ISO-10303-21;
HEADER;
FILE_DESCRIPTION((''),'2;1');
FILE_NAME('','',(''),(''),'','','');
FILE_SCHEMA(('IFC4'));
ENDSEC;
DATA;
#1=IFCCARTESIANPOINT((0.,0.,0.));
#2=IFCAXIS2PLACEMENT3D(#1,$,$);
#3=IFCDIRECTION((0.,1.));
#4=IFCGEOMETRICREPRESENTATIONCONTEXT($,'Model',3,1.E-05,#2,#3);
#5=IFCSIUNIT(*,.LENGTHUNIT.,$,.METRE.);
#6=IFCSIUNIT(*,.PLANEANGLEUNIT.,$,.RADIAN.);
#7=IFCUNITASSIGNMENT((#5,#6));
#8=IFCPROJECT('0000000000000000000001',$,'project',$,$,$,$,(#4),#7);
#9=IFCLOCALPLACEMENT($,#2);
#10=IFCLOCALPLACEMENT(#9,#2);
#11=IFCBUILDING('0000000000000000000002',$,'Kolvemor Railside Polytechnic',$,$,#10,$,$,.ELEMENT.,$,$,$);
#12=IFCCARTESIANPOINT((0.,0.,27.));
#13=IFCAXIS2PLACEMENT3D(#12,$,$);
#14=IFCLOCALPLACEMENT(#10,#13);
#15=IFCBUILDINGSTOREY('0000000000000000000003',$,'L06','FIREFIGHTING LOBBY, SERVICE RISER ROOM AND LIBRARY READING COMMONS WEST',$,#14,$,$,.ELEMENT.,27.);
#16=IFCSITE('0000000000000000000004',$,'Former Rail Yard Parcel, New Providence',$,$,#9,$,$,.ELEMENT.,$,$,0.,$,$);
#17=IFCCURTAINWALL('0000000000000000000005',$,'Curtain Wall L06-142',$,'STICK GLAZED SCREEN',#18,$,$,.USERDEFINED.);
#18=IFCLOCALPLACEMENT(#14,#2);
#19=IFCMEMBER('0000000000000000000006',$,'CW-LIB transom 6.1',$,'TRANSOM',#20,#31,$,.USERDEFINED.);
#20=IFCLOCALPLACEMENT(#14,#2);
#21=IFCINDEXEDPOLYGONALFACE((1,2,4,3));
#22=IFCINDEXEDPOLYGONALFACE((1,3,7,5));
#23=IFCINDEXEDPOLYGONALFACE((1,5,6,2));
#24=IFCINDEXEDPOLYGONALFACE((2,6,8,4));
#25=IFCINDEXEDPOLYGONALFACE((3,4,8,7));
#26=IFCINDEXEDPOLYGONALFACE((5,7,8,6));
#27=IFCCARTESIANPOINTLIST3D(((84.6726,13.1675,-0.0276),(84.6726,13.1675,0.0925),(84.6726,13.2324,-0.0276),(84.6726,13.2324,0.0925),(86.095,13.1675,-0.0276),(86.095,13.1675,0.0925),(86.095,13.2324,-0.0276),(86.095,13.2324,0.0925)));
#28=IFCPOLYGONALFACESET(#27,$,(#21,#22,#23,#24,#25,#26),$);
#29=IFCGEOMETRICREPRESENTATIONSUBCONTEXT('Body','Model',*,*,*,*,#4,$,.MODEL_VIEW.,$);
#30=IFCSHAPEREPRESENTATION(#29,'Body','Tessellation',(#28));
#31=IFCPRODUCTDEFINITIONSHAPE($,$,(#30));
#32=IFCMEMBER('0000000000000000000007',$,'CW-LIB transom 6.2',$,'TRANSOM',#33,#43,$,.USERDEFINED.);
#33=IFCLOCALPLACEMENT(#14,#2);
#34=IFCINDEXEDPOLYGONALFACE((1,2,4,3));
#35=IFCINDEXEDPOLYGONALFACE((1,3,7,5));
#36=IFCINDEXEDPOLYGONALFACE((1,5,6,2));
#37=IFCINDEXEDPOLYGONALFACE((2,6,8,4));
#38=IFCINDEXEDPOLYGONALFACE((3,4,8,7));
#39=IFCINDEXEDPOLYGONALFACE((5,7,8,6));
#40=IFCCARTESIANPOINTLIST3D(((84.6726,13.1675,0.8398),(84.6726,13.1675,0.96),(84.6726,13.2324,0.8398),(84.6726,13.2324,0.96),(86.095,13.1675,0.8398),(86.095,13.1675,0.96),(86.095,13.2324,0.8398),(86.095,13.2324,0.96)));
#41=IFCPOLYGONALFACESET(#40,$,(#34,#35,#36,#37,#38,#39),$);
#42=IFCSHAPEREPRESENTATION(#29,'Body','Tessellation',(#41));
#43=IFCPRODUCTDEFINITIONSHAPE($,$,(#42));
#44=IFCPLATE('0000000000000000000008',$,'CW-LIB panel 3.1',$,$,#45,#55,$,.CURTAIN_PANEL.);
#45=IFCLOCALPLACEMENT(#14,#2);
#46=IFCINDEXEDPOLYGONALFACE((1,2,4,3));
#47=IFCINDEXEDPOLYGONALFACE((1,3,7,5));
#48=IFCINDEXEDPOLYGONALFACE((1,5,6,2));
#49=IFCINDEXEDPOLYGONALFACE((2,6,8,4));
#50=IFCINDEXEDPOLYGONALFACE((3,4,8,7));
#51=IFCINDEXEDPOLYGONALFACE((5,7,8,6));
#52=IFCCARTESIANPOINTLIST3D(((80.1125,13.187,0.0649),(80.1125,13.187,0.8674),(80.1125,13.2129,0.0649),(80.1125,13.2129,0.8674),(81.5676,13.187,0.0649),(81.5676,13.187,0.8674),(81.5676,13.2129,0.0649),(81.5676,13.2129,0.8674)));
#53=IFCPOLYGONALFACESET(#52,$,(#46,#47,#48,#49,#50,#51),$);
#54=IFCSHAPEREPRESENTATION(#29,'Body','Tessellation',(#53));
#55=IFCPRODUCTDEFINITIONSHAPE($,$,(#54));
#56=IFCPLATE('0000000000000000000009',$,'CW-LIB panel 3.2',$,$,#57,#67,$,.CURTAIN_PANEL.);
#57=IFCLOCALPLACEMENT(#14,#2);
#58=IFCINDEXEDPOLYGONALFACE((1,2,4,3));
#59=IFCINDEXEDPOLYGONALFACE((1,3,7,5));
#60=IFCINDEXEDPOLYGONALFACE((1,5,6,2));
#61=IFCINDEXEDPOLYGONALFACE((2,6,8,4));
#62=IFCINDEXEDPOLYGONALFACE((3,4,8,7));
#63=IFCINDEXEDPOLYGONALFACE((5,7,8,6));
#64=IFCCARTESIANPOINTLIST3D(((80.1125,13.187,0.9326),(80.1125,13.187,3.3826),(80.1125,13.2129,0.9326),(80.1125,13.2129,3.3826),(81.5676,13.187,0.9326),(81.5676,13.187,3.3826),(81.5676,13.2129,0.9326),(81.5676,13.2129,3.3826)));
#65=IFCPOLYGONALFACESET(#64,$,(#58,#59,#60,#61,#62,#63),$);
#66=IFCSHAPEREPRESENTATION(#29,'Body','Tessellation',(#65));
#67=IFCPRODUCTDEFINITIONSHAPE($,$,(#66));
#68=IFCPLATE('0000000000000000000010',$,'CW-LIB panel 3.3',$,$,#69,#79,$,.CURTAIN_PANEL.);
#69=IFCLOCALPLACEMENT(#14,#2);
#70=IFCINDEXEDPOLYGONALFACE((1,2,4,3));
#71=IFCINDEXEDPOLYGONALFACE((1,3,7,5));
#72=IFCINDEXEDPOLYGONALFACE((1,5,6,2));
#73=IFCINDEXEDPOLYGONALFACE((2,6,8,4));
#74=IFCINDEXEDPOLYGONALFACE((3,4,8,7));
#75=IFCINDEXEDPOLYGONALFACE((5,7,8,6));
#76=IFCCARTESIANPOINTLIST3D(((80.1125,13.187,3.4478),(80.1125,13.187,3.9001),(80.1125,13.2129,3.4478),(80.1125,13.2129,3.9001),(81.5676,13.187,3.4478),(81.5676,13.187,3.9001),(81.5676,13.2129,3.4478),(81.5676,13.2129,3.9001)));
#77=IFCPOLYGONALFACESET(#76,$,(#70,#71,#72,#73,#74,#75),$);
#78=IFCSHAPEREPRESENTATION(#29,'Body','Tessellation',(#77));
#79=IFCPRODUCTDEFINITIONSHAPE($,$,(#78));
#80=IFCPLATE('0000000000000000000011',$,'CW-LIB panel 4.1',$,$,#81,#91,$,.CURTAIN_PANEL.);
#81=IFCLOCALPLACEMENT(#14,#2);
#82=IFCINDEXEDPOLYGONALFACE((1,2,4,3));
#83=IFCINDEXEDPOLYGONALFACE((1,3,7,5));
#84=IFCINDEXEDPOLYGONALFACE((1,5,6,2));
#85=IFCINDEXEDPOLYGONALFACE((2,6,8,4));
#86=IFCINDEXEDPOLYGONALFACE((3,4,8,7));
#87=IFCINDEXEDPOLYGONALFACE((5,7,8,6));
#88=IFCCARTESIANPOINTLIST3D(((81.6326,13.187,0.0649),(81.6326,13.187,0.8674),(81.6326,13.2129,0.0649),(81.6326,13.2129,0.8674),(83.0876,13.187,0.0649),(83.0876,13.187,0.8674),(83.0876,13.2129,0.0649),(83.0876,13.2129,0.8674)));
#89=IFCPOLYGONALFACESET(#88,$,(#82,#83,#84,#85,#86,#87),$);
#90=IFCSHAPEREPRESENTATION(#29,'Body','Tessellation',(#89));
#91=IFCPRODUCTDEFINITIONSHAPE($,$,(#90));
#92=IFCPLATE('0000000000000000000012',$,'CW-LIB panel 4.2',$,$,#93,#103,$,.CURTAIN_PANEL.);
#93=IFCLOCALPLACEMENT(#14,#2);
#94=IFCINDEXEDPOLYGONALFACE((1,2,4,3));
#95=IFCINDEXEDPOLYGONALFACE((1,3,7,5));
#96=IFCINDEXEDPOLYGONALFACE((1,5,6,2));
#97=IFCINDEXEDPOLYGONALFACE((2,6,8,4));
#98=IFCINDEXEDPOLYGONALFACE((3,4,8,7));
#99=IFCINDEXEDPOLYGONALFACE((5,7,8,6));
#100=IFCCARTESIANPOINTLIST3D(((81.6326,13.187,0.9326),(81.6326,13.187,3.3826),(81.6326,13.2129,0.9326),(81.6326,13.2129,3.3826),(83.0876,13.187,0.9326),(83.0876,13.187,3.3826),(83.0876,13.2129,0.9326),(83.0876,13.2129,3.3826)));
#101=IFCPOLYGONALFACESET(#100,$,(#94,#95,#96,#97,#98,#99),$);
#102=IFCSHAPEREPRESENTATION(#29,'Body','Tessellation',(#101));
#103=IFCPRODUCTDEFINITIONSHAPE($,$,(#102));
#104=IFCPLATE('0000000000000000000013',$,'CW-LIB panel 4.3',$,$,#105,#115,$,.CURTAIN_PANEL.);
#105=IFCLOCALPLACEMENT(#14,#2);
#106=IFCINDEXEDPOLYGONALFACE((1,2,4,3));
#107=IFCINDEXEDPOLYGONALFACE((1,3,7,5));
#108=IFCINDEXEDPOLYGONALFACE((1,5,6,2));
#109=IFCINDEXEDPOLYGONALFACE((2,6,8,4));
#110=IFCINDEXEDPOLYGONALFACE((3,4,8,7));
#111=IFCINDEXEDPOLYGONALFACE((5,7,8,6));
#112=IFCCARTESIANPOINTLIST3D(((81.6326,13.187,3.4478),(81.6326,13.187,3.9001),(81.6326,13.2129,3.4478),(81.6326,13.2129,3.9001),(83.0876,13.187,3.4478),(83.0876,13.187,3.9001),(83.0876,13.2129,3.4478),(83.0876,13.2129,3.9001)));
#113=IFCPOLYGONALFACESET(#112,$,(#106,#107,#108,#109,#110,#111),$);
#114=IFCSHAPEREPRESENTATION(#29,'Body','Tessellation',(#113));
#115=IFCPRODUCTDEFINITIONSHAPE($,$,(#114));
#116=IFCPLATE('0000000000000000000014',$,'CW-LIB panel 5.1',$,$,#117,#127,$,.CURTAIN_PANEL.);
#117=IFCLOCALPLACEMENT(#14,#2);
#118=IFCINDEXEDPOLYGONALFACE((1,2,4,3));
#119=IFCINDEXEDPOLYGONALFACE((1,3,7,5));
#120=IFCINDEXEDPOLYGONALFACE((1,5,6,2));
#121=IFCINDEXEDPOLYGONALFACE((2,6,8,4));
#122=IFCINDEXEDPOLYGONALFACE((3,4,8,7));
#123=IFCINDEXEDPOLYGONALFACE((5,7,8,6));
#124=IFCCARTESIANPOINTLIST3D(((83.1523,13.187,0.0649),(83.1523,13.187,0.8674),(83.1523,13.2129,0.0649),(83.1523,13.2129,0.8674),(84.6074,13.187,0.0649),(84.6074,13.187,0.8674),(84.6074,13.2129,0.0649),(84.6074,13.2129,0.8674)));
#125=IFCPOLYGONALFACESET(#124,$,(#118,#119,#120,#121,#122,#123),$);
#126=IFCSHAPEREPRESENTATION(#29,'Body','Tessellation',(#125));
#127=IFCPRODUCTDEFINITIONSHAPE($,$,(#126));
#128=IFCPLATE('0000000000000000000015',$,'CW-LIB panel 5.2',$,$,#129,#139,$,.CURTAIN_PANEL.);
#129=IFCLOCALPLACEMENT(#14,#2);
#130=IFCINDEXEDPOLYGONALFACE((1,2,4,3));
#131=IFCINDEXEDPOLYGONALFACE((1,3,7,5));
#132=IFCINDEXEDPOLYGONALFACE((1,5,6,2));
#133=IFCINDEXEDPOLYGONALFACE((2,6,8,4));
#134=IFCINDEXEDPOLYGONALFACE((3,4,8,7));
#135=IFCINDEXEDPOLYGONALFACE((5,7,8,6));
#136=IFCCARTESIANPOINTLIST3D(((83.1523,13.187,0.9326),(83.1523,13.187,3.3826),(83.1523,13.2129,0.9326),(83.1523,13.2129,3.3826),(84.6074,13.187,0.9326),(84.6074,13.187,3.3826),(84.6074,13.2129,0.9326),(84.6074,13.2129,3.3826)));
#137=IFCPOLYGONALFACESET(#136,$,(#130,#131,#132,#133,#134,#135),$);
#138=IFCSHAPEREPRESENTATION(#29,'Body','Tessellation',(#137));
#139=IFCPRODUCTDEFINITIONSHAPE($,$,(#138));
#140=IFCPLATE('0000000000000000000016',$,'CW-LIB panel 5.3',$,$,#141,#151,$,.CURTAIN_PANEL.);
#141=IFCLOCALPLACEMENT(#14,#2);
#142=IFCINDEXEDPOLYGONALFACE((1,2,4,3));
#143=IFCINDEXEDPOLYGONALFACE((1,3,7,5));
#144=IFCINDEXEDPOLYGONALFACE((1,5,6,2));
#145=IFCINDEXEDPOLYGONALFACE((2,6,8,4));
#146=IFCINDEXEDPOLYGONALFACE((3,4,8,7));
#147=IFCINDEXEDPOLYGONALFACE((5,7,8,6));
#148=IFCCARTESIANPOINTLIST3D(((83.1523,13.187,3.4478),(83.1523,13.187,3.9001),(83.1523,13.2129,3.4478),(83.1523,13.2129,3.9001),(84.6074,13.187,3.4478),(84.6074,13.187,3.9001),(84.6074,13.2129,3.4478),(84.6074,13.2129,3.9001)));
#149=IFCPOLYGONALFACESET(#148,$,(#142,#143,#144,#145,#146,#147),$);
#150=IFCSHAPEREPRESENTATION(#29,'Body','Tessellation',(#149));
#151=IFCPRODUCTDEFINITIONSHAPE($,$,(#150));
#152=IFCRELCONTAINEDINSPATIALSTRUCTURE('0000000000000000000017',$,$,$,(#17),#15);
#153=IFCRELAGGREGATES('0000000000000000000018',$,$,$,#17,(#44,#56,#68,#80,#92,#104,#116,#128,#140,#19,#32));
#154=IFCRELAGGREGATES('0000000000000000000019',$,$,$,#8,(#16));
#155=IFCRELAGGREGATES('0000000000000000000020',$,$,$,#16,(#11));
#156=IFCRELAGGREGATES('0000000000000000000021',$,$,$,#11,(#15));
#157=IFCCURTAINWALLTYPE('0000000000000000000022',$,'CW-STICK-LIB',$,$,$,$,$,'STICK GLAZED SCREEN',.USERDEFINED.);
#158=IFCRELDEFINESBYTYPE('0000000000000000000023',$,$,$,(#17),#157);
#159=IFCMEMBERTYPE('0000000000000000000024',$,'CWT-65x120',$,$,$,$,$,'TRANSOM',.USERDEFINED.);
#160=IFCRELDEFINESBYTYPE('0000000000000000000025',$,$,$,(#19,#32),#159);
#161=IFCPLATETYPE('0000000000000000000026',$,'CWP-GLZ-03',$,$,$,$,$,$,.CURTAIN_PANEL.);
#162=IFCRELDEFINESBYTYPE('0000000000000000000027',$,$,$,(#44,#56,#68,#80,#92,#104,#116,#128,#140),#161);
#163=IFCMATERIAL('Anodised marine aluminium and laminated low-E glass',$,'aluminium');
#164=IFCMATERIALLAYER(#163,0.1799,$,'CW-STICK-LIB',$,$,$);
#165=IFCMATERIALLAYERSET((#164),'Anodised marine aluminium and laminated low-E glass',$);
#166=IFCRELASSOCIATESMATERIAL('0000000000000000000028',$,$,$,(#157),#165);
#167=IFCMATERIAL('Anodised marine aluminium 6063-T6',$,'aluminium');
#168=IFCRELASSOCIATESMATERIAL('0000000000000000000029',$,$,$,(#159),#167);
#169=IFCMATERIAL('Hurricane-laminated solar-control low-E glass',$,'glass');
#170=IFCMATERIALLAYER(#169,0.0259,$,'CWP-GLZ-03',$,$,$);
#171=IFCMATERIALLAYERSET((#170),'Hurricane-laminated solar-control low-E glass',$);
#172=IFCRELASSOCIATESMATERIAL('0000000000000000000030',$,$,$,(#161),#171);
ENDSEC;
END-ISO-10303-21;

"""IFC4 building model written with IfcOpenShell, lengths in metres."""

from ifc_helpers import new_model, si_unit, direction, frame, origin, origin_2d, place, context, subcontext, project, spatial, rectangle, extrude, material, layer, layer_set, material_profile, profile_set, type_object, element, aggregate, save


model = new_model("IFC4")

# Units and contexts
model_context = context("Model", 3, precision=1e-05, world=origin(), true_north=direction((0.0, 1.0)))
body_context = subcontext(model_context, "Body", "Model", "MODEL_VIEW")
ifc_project = project(units=[si_unit("LENGTHUNIT", "METRE"), si_unit("PLANEANGLEUNIT", "RADIAN")], contexts=[model_context])

# Site, building, storey
site_placement = place(None, origin())
site = spatial("IfcSite", under=ifc_project, at=site_placement, Name="Former Rail Yard Parcel, New Providence", CompositionType="ELEMENT", RefElevation=0.0)
building_placement = place(site_placement, origin())
building = spatial("IfcBuilding", under=site, at=building_placement, Name="Kolvemor Railside Polytechnic", CompositionType="ELEMENT")
storey_placement = place(building_placement, frame((0.0, 0.0, 27.0)))
storey = spatial("IfcBuildingStorey", under=building, at=storey_placement, Name="L06", Description="FIREFIGHTING LOBBY, SERVICE RISER ROOM AND LIBRARY READING COMMONS WEST", CompositionType="ELEMENT", Elevation=27.0)

# Curtain wall, members, plates
ifc_material_1 = material(Name="Anodised marine aluminium and laminated low-E glass", Category="aluminium")
ifc_layer_1 = layer(ifc_material_1, 0.1799, Name="CW-STICK-LIB")
ifc_layer_set_1 = layer_set([ifc_layer_1], Name="Anodised marine aluminium and laminated low-E glass")
curtain_wall_type = type_object("IfcCurtainWallType", Name="CW-STICK-LIB", ElementType="STICK GLAZED SCREEN", PredefinedType="USERDEFINED", material=ifc_layer_set_1)
curtain_wall_placement = place(storey_placement, origin())
curtain_wall = element("IfcCurtainWall", 1, at=curtain_wall_placement, inside=storey, type_object=curtain_wall_type, Name="Curtain Wall L06-142", ObjectType="STICK GLAZED SCREEN", PredefinedType="USERDEFINED")
ifc_material_2 = material(Name="Anodised marine aluminium 6063-T6", Category="aluminium")
ifc_material_profile_1 = material_profile(ifc_material_2, rectangle(XDim=0.0649, YDim=0.1201, at=origin_2d()), Name="CW-TRN-65x120")
ifc_profile_set_1 = profile_set([ifc_material_profile_1], Name="Anodised marine aluminium 6063-T6")
member_type_1 = type_object("IfcMemberType", Name="CWT-65x120", ElementType="TRANSOM", PredefinedType="USERDEFINED", material=ifc_profile_set_1)
member_1_placement = place(storey_placement, frame((84.6726, 13.2, 0.0325), z_axis=(1.0, 0.0, 0.0), x_axis=(0.0, 1.0, 0.0)))
member_1 = element("IfcMember", 2, at=member_1_placement, type_object=member_type_1, Name="CW-LIB transom 6.1", ObjectType="TRANSOM", PredefinedType="USERDEFINED", context=body_context, shape_type="SweptSolid", body=[
    extrude(rectangle(XDim=0.0649, YDim=0.1201, at=origin_2d()), origin(), (0.0, 0.0, 1.0), 1.4224),
])
member_2_placement = place(storey_placement, frame((84.6726, 13.2, 0.8999), z_axis=(1.0, 0.0, 0.0), x_axis=(0.0, 1.0, 0.0)))
member_2 = element("IfcMember", 3, at=member_2_placement, type_object=member_type_1, Name="CW-LIB transom 6.2", ObjectType="TRANSOM", PredefinedType="USERDEFINED", context=body_context, shape_type="SweptSolid", body=[
    extrude(rectangle(XDim=0.0649, YDim=0.1201, at=origin_2d()), origin(), (0.0, 0.0, 1.0), 1.4224),
])
ifc_material_3 = material(Name="Hurricane-laminated solar-control low-E glass", Category="glass")
ifc_layer_2 = layer(ifc_material_3, 0.0259, Name="CWP-GLZ-03")
ifc_layer_set_2 = layer_set([ifc_layer_2], Name="Hurricane-laminated solar-control low-E glass")
plate_type = type_object("IfcPlateType", Name="CWP-GLZ-03", PredefinedType="CURTAIN_PANEL", material=ifc_layer_set_2)
plate_1_placement = place(storey_placement, frame((80.8401, 13.2, 0.0649), z_axis=(0.0, 0.0, 1.0), x_axis=(1.0, 0.0, 0.0)))
plate_1 = element("IfcPlate", 4, at=plate_1_placement, type_object=plate_type, Name="CW-LIB panel 3.1", PredefinedType="CURTAIN_PANEL", context=body_context, shape_type="SweptSolid", body=[
    extrude(rectangle(XDim=1.4551, YDim=0.0259, at=origin_2d()), origin(), (0.0, 0.0, 1.0), 0.8025),
])
plate_2_placement = place(storey_placement, frame((80.8401, 13.2, 0.9326), z_axis=(0.0, 0.0, 1.0), x_axis=(1.0, 0.0, 0.0)))
plate_2 = element("IfcPlate", 5, at=plate_2_placement, type_object=plate_type, Name="CW-LIB panel 3.2", PredefinedType="CURTAIN_PANEL", context=body_context, shape_type="SweptSolid", body=[
    extrude(rectangle(XDim=1.4551, YDim=0.0259, at=origin_2d()), origin(), (0.0, 0.0, 1.0), 2.45),
])
plate_3_placement = place(storey_placement, frame((80.8401, 13.2, 3.4478), z_axis=(0.0, 0.0, 1.0), x_axis=(1.0, 0.0, 0.0)))
plate_3 = element("IfcPlate", 6, at=plate_3_placement, type_object=plate_type, Name="CW-LIB panel 3.3", PredefinedType="CURTAIN_PANEL", context=body_context, shape_type="SweptSolid", body=[
    extrude(rectangle(XDim=1.4551, YDim=0.0259, at=origin_2d()), origin(), (0.0, 0.0, 1.0), 0.4524),
])
plate_4_placement = place(storey_placement, frame((82.3601, 13.2, 0.0649), z_axis=(0.0, 0.0, 1.0), x_axis=(1.0, 0.0, 0.0)))
plate_4 = element("IfcPlate", 7, at=plate_4_placement, type_object=plate_type, Name="CW-LIB panel 4.1", PredefinedType="CURTAIN_PANEL", context=body_context, shape_type="SweptSolid", body=[
    extrude(rectangle(XDim=1.4551, YDim=0.0259, at=origin_2d()), origin(), (0.0, 0.0, 1.0), 0.8025),
])
plate_5_placement = place(storey_placement, frame((82.3601, 13.2, 0.9326), z_axis=(0.0, 0.0, 1.0), x_axis=(1.0, 0.0, 0.0)))
plate_5 = element("IfcPlate", 8, at=plate_5_placement, type_object=plate_type, Name="CW-LIB panel 4.2", PredefinedType="CURTAIN_PANEL", context=body_context, shape_type="SweptSolid", body=[
    extrude(rectangle(XDim=1.4551, YDim=0.0259, at=origin_2d()), origin(), (0.0, 0.0, 1.0), 2.45),
])
plate_6_placement = place(storey_placement, frame((82.3601, 13.2, 3.4478), z_axis=(0.0, 0.0, 1.0), x_axis=(1.0, 0.0, 0.0)))
plate_6 = element("IfcPlate", 9, at=plate_6_placement, type_object=plate_type, Name="CW-LIB panel 4.3", PredefinedType="CURTAIN_PANEL", context=body_context, shape_type="SweptSolid", body=[
    extrude(rectangle(XDim=1.4551, YDim=0.0259, at=origin_2d()), origin(), (0.0, 0.0, 1.0), 0.4524),
])
plate_7_placement = place(storey_placement, frame((83.8799, 13.2, 0.0649), z_axis=(0.0, 0.0, 1.0), x_axis=(1.0, 0.0, 0.0)))
plate_7 = element("IfcPlate", 10, at=plate_7_placement, type_object=plate_type, Name="CW-LIB panel 5.1", PredefinedType="CURTAIN_PANEL", context=body_context, shape_type="SweptSolid", body=[
    extrude(rectangle(XDim=1.4551, YDim=0.0259, at=origin_2d()), origin(), (0.0, 0.0, 1.0), 0.8025),
])
plate_8_placement = place(storey_placement, frame((83.8799, 13.2, 0.9326), z_axis=(0.0, 0.0, 1.0), x_axis=(1.0, 0.0, 0.0)))
plate_8 = element("IfcPlate", 11, at=plate_8_placement, type_object=plate_type, Name="CW-LIB panel 5.2", PredefinedType="CURTAIN_PANEL", context=body_context, shape_type="SweptSolid", body=[
    extrude(rectangle(XDim=1.4551, YDim=0.0259, at=origin_2d()), origin(), (0.0, 0.0, 1.0), 2.45),
])
plate_9_placement = place(storey_placement, frame((83.8799, 13.2, 3.4478), z_axis=(0.0, 0.0, 1.0), x_axis=(1.0, 0.0, 0.0)))
plate_9 = element("IfcPlate", 12, at=plate_9_placement, type_object=plate_type, Name="CW-LIB panel 5.3", PredefinedType="CURTAIN_PANEL", context=body_context, shape_type="SweptSolid", body=[
    extrude(rectangle(XDim=1.4551, YDim=0.0259, at=origin_2d()), origin(), (0.0, 0.0, 1.0), 0.4524),
])
aggregate(curtain_wall, [plate_1, plate_2, plate_3, plate_4, plate_5, plate_6, plate_7, plate_8, plate_9, member_1, member_2])

save(model, "model.ifc")
